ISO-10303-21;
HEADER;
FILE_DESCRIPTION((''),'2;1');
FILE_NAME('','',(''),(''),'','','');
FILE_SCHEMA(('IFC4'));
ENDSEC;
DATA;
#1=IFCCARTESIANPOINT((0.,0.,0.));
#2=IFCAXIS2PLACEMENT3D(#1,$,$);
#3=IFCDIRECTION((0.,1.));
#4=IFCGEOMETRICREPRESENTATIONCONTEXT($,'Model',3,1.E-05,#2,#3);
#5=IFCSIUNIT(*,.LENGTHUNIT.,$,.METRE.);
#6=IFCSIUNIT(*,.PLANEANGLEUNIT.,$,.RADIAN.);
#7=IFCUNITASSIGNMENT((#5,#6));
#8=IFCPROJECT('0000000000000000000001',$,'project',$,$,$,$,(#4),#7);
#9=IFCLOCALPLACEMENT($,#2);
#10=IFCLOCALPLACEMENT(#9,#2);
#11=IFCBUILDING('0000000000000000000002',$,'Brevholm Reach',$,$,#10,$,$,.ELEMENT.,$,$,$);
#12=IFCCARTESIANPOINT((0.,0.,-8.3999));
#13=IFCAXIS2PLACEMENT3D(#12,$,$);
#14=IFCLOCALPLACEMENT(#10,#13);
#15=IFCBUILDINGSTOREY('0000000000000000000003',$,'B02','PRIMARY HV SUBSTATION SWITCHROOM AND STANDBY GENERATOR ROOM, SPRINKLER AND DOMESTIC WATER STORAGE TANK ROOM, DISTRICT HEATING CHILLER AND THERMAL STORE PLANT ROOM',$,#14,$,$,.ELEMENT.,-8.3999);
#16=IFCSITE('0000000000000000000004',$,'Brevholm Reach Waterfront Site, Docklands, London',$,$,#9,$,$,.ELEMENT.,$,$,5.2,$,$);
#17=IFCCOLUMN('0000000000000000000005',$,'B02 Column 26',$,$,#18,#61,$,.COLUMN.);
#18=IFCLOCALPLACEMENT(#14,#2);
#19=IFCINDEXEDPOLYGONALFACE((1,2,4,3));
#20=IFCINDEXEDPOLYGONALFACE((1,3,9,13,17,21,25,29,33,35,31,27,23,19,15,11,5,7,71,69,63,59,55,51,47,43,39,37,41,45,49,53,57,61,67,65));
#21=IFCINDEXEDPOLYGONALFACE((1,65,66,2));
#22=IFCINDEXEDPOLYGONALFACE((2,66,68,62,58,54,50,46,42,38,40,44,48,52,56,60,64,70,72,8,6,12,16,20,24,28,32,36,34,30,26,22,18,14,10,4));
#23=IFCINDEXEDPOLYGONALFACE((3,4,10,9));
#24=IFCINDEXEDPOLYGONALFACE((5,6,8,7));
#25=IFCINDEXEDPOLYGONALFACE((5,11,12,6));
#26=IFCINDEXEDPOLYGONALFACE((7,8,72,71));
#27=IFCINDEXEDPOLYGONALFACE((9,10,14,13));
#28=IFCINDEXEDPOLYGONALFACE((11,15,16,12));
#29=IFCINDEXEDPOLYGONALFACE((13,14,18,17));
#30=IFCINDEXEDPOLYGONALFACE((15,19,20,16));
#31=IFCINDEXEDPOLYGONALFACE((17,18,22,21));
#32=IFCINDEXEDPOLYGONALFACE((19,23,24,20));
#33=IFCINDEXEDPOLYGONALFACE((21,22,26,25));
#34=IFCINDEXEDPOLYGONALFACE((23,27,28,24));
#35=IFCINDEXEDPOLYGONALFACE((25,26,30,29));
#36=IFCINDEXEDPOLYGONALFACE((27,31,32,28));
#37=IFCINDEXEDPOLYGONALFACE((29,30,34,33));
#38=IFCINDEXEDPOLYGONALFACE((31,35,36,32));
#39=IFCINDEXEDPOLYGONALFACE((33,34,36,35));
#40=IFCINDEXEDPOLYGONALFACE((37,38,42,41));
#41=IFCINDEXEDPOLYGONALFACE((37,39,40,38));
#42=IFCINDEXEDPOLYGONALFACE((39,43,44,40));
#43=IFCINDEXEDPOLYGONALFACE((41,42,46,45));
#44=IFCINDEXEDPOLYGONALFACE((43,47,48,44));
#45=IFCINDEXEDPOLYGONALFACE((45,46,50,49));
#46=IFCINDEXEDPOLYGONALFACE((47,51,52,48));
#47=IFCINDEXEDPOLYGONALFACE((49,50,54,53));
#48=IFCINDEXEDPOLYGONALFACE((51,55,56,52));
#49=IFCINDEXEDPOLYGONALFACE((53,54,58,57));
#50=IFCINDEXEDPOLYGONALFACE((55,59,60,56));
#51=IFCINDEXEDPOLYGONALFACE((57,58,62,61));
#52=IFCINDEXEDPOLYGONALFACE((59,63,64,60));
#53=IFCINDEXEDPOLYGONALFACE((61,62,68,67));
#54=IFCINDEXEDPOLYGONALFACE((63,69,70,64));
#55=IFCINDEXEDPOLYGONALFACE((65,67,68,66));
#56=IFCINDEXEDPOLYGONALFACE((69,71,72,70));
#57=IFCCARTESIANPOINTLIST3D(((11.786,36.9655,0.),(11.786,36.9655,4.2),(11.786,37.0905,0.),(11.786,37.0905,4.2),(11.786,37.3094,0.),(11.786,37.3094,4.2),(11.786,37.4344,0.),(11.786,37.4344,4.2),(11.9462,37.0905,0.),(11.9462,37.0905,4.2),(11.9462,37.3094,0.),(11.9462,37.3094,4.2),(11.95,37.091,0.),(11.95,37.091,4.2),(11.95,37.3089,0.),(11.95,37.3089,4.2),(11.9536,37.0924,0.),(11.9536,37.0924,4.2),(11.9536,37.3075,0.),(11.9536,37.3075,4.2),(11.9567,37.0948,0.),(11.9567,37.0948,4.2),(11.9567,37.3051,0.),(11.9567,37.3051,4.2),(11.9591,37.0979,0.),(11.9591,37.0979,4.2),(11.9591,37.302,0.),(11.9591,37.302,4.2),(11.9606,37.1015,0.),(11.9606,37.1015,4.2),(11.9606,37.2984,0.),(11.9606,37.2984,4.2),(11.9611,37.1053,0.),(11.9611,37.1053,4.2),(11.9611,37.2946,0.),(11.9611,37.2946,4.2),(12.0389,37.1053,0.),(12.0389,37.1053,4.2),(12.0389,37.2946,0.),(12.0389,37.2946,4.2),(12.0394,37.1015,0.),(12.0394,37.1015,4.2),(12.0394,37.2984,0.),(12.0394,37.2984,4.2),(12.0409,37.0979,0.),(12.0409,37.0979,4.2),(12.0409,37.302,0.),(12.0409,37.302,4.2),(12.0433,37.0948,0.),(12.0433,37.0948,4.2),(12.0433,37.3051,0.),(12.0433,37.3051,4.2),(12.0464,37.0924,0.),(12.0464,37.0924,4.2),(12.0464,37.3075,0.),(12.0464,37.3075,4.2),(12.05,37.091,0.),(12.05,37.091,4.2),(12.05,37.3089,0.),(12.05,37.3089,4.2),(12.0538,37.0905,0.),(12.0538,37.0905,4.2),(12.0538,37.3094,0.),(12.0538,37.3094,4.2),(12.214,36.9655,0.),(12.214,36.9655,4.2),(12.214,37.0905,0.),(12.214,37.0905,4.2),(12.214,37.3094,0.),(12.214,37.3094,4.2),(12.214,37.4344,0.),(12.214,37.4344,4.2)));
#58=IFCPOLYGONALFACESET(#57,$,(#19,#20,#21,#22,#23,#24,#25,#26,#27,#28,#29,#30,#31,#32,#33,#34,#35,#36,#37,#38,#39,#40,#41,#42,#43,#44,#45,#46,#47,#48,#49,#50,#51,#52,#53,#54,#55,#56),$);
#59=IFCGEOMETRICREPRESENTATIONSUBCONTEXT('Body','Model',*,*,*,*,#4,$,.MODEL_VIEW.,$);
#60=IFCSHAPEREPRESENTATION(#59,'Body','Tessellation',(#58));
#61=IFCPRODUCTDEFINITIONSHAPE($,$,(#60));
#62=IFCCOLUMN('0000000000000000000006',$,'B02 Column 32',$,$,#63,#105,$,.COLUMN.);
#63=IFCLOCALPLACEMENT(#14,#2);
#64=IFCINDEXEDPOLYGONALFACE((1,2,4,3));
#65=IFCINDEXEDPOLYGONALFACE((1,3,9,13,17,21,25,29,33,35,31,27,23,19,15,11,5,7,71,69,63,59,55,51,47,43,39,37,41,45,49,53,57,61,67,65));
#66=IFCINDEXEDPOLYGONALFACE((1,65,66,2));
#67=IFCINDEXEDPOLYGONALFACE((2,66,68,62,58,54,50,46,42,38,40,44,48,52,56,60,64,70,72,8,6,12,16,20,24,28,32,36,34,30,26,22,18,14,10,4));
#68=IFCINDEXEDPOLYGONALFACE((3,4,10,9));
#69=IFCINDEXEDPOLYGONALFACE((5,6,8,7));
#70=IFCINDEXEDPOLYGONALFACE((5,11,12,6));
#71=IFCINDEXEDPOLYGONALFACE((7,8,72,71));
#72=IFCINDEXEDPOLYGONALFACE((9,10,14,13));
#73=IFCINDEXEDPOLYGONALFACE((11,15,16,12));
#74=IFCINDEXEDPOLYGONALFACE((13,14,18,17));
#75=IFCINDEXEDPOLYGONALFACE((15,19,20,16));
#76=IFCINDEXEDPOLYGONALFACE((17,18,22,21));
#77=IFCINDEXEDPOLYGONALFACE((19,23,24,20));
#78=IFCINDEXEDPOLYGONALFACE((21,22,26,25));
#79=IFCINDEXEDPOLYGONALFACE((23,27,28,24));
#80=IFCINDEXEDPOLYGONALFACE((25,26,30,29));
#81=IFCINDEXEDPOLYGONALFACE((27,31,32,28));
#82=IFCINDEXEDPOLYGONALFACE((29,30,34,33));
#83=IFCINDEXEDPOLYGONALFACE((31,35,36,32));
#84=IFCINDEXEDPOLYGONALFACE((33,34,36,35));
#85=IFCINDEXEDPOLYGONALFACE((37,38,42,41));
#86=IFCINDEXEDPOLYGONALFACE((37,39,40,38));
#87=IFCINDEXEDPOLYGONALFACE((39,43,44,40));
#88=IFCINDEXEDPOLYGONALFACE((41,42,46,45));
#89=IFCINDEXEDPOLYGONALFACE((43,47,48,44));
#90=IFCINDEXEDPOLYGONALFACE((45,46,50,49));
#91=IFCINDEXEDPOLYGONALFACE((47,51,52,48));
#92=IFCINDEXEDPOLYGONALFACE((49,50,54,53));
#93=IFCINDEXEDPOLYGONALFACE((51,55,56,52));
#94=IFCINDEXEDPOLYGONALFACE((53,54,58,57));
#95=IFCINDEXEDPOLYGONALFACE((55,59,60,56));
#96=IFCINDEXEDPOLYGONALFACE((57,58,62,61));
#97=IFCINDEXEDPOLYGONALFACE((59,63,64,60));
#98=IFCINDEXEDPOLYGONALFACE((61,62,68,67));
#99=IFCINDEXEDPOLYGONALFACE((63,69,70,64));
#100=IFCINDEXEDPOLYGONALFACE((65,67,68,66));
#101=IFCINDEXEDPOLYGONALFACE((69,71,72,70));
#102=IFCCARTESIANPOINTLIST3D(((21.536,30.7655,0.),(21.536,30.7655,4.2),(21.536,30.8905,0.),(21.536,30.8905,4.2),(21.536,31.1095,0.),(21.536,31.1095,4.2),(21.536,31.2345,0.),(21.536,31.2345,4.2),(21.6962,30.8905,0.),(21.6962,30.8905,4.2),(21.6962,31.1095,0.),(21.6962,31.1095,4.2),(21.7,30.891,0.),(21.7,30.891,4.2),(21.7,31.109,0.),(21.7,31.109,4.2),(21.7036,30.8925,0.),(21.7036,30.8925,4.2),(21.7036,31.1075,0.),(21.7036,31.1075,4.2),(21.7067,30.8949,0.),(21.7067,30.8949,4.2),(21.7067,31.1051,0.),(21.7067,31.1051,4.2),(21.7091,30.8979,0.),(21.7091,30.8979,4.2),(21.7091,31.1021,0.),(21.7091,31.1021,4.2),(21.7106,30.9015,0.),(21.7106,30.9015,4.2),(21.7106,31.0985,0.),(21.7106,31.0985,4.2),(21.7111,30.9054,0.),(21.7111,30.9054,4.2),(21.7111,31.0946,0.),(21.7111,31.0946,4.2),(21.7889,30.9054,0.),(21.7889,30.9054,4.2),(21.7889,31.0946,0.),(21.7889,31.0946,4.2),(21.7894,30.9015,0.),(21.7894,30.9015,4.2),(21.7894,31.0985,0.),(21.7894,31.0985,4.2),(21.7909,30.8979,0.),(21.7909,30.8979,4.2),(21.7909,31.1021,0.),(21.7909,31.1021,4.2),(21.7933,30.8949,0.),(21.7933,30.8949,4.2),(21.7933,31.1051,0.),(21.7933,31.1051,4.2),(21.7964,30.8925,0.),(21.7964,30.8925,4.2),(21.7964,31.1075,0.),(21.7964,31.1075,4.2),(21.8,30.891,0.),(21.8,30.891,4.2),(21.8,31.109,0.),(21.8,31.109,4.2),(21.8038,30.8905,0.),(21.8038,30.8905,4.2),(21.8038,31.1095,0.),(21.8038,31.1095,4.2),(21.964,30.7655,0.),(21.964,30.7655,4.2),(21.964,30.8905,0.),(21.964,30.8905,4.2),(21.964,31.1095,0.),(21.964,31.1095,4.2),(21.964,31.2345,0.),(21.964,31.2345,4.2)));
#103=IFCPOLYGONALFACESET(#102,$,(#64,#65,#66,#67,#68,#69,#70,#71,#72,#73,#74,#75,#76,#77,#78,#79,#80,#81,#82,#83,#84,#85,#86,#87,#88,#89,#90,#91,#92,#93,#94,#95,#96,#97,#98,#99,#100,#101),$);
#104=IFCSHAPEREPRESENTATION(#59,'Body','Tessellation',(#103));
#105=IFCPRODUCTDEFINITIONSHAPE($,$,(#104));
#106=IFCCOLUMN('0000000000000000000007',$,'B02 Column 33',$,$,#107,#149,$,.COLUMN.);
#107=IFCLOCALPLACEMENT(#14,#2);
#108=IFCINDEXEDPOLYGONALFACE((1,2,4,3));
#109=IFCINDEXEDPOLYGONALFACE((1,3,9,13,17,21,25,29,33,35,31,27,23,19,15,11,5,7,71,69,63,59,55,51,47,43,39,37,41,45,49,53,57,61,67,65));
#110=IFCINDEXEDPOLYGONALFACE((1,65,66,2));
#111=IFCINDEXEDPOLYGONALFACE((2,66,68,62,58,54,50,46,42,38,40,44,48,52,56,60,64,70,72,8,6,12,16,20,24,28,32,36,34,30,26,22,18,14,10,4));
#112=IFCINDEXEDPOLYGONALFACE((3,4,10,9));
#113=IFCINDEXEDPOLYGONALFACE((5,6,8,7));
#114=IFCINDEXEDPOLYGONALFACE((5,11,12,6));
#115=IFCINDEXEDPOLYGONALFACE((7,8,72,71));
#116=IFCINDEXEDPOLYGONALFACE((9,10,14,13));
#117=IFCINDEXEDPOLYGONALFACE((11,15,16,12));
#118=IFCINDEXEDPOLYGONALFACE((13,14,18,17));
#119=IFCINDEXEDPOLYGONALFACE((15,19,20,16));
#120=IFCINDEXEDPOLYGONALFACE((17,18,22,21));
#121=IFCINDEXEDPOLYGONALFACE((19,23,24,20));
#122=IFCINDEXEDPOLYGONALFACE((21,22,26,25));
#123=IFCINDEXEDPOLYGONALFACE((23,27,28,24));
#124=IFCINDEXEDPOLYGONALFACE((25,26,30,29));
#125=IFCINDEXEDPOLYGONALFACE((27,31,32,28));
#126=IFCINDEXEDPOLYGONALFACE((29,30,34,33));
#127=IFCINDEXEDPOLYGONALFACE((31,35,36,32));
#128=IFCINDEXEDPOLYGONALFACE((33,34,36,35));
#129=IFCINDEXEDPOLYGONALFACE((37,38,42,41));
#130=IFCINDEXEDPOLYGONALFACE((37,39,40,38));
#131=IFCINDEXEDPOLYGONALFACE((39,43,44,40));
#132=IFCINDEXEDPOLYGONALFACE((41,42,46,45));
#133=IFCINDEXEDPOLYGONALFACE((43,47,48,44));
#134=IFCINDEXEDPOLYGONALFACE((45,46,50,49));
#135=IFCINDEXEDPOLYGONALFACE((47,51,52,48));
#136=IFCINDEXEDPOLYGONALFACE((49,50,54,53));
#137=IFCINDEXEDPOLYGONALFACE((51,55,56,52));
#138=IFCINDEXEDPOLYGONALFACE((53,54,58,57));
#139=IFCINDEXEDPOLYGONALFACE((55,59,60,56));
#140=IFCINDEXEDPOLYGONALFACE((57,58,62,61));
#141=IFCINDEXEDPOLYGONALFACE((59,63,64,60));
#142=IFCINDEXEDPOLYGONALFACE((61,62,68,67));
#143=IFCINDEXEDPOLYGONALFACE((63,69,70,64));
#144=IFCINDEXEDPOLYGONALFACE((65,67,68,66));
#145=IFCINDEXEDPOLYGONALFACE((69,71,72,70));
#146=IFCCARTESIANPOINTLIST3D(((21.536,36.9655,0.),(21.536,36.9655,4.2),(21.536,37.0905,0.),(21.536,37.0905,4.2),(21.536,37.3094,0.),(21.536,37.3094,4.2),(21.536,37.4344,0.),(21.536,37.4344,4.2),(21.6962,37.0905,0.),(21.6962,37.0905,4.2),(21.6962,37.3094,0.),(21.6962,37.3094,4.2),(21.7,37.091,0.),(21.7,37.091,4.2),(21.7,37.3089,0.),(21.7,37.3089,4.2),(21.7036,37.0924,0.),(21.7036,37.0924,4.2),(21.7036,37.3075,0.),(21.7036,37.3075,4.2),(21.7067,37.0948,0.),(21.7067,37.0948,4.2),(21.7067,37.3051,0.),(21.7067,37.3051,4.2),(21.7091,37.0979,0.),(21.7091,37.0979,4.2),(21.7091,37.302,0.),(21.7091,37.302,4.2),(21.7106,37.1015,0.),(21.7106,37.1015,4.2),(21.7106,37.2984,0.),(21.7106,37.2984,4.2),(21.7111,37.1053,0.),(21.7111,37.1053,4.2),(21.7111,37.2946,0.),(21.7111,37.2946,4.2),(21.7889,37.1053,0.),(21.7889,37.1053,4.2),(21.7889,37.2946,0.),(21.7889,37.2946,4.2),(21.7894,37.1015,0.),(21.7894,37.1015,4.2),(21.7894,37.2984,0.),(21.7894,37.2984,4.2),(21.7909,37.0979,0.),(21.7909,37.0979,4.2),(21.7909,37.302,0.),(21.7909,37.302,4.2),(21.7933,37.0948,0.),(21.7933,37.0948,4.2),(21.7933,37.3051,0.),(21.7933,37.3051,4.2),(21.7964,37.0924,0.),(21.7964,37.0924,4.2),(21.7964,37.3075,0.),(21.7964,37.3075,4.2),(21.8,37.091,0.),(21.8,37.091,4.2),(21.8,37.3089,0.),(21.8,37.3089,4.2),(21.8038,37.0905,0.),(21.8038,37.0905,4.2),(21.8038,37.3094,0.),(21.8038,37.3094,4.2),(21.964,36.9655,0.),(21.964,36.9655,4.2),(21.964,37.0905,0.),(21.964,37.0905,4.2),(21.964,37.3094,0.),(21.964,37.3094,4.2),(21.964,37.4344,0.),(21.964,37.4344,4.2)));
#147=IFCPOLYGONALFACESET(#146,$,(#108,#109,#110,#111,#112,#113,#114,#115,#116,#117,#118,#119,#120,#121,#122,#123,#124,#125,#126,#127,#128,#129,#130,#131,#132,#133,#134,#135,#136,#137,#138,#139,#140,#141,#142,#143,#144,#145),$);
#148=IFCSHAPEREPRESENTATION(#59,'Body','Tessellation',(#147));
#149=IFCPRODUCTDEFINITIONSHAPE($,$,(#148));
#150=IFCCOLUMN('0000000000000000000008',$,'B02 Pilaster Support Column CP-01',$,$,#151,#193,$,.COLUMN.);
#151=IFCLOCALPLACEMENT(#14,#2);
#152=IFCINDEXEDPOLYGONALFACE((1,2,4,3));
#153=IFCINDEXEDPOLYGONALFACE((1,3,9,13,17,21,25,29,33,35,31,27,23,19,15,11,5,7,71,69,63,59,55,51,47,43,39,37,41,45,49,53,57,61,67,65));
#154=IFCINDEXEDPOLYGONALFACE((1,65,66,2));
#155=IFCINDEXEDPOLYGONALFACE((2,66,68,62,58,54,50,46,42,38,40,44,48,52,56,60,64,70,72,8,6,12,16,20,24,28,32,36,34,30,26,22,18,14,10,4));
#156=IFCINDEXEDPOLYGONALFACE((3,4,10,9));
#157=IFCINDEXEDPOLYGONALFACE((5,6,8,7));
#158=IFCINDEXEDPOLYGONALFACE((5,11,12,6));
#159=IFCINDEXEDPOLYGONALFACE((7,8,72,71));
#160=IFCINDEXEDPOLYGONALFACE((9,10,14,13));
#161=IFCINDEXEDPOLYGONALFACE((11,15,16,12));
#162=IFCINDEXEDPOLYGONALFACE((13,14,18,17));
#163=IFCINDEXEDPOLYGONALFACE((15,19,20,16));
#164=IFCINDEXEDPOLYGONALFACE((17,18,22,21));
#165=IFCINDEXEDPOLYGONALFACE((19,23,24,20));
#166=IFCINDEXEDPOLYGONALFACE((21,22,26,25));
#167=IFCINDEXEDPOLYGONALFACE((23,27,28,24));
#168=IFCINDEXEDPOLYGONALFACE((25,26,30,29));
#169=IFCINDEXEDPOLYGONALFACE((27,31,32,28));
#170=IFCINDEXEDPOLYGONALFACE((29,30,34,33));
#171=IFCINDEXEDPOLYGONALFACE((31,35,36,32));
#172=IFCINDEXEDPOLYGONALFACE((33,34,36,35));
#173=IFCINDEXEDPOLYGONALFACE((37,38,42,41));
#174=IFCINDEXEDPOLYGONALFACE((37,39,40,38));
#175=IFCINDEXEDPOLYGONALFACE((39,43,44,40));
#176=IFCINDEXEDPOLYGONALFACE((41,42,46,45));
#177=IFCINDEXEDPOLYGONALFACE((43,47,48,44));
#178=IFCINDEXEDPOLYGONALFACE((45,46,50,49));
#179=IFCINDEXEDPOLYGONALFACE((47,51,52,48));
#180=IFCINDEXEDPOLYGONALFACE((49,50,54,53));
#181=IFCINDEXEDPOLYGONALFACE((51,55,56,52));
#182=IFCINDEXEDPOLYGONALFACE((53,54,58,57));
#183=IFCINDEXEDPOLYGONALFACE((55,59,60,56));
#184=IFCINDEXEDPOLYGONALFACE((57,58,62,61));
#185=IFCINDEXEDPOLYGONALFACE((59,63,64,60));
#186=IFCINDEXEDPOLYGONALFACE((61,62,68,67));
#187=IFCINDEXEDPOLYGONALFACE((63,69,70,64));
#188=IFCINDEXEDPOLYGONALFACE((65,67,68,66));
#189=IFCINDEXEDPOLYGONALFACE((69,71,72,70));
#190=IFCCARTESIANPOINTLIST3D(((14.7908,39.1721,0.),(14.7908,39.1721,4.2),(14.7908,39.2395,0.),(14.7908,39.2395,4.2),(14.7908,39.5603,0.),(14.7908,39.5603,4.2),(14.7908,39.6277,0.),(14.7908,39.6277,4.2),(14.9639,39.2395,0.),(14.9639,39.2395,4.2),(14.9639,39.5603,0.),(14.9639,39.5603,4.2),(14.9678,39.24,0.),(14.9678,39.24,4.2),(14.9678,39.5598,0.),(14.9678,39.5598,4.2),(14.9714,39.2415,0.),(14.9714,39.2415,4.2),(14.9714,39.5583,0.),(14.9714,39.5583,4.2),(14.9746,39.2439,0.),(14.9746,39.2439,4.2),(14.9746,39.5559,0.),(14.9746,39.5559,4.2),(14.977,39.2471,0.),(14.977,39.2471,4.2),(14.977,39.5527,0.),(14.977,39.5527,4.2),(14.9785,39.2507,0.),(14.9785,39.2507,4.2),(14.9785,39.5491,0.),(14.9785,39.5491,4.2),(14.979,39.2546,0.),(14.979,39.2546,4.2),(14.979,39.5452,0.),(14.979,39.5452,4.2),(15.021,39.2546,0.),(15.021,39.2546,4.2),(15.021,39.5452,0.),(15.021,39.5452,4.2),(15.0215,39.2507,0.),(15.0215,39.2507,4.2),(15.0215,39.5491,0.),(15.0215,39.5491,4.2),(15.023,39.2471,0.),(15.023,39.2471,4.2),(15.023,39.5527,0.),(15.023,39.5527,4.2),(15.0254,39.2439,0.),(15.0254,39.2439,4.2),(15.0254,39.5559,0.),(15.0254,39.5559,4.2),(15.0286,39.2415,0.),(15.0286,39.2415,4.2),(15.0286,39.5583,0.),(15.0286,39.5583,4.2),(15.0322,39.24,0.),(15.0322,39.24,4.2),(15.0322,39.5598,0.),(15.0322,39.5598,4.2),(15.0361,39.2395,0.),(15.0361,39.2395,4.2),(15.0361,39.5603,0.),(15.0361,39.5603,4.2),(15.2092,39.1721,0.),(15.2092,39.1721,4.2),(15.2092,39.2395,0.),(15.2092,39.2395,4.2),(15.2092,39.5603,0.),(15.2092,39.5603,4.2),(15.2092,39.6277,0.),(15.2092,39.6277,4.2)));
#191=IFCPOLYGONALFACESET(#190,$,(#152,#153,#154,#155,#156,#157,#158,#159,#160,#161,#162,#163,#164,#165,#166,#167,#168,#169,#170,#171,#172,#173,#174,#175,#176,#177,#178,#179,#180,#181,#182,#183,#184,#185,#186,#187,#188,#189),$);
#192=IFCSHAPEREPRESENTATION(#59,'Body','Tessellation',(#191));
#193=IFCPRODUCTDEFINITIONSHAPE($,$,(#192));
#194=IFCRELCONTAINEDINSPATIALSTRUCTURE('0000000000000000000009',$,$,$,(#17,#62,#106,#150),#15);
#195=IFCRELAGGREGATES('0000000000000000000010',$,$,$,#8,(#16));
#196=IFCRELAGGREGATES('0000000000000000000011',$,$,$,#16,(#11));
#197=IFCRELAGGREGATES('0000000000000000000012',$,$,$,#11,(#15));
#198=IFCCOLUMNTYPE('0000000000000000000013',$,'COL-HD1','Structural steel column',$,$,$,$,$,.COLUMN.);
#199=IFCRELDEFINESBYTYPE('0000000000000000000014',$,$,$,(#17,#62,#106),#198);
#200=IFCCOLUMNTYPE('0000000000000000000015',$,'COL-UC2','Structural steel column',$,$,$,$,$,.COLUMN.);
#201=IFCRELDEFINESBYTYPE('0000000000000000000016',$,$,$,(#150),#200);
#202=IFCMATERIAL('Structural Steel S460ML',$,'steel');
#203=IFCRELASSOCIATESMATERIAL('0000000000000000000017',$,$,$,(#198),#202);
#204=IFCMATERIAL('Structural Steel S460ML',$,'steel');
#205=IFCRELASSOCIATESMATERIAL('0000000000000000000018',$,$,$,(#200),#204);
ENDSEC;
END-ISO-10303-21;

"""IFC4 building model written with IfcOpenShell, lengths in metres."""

from ifc_helpers import new_model, si_unit, direction, frame, origin, origin_2d, place, context, subcontext, project, spatial, i_section, extrude, material, material_profile, profile_set, type_object, element, save


model = new_model("IFC4")

# Units and contexts
model_context = context("Model", 3, precision=1e-05, world=origin(), true_north=direction((0.0, 1.0)))
body_context = subcontext(model_context, "Body", "Model", "MODEL_VIEW")
ifc_project = project(units=[si_unit("LENGTHUNIT", "METRE"), si_unit("PLANEANGLEUNIT", "RADIAN")], contexts=[model_context])

# Site, building, storey
site_placement = place(None, origin())
site = spatial("IfcSite", under=ifc_project, at=site_placement, Name="Brevholm Reach Waterfront Site, Docklands, London", CompositionType="ELEMENT", RefElevation=5.2)
building_placement = place(site_placement, origin())
building = spatial("IfcBuilding", under=site, at=building_placement, Name="Brevholm Reach", CompositionType="ELEMENT")
storey_placement = place(building_placement, frame((0.0, 0.0, -8.3999)))
storey = spatial("IfcBuildingStorey", under=building, at=storey_placement, Name="B02", Description="PRIMARY HV SUBSTATION SWITCHROOM AND STANDBY GENERATOR ROOM, SPRINKLER AND DOMESTIC WATER STORAGE TANK ROOM, DISTRICT HEATING CHILLER AND THERMAL STORE PLANT ROOM", CompositionType="ELEMENT", Elevation=-8.3999)

# Columns
ifc_material_1 = material(Name="Structural Steel S460ML", Category="steel")
ifc_material_profile_1 = material_profile(ifc_material_1, i_section(OverallWidth=0.428, OverallDepth=0.469, WebThickness=0.0779, FlangeThickness=0.125, FilletRadius=0.0149, at=origin_2d()), Name="HD 400x1086")
ifc_profile_set_1 = profile_set([ifc_material_profile_1], Name="Structural Steel S460ML")
column_type_1 = type_object("IfcColumnType", Name="COL-HD1", Description="Structural steel column", PredefinedType="COLUMN", material=ifc_profile_set_1)
for number, where, z_axis, x_axis, name in (
    (1, (12.0, 37.2, 0.0), (0.0, 0.0, 1.0), (1.0, 0.0, 0.0), "B02 Column 26"),
    (2, (21.75, 31.0, 0.0), (0.0, 0.0, 1.0), (1.0, 0.0, 0.0), "B02 Column 32"),
    (3, (21.75, 37.2, 0.0), (0.0, 0.0, 1.0), (1.0, 0.0, 0.0), "B02 Column 33"),
):
    element("IfcColumn", number, at=place(storey_placement, frame(where, z_axis=z_axis, x_axis=x_axis)), inside=storey, type_object=column_type_1, Name=name, PredefinedType="COLUMN", context=body_context, shape_type="SweptSolid", body=[
        extrude(i_section(OverallWidth=0.428, OverallDepth=0.469, WebThickness=0.0779, FlangeThickness=0.125, FilletRadius=0.0149, at=origin_2d()), origin(), (0.0, 0.0, 1.0), 4.2),
    ])
ifc_material_2 = material(Name="Structural Steel S460ML", Category="steel")
ifc_material_profile_2 = material_profile(ifc_material_2, i_section(OverallWidth=0.4185, OverallDepth=0.4556, WebThickness=0.042, FlangeThickness=0.0674, FilletRadius=0.0151, at=origin_2d()), Name="UKC 356x406x551")
ifc_profile_set_2 = profile_set([ifc_material_profile_2], Name="Structural Steel S460ML")
column_type_2 = type_object("IfcColumnType", Name="COL-UC2", Description="Structural steel column", PredefinedType="COLUMN", material=ifc_profile_set_2)
for number, where, z_axis, x_axis, name in (
    (4, (15.0, 39.3999, 0.0), (0.0, 0.0, 1.0), (1.0, 0.0, 0.0), "B02 Pilaster Support Column CP-01"),
):
    element("IfcColumn", number, at=place(storey_placement, frame(where, z_axis=z_axis, x_axis=x_axis)), inside=storey, type_object=column_type_2, Name=name, PredefinedType="COLUMN", context=body_context, shape_type="SweptSolid", body=[
        extrude(i_section(OverallWidth=0.4185, OverallDepth=0.4556, WebThickness=0.042, FlangeThickness=0.0674, FilletRadius=0.0151, at=origin_2d()), origin(), (0.0, 0.0, 1.0), 4.2),
    ])

save(model, "model.ifc")
